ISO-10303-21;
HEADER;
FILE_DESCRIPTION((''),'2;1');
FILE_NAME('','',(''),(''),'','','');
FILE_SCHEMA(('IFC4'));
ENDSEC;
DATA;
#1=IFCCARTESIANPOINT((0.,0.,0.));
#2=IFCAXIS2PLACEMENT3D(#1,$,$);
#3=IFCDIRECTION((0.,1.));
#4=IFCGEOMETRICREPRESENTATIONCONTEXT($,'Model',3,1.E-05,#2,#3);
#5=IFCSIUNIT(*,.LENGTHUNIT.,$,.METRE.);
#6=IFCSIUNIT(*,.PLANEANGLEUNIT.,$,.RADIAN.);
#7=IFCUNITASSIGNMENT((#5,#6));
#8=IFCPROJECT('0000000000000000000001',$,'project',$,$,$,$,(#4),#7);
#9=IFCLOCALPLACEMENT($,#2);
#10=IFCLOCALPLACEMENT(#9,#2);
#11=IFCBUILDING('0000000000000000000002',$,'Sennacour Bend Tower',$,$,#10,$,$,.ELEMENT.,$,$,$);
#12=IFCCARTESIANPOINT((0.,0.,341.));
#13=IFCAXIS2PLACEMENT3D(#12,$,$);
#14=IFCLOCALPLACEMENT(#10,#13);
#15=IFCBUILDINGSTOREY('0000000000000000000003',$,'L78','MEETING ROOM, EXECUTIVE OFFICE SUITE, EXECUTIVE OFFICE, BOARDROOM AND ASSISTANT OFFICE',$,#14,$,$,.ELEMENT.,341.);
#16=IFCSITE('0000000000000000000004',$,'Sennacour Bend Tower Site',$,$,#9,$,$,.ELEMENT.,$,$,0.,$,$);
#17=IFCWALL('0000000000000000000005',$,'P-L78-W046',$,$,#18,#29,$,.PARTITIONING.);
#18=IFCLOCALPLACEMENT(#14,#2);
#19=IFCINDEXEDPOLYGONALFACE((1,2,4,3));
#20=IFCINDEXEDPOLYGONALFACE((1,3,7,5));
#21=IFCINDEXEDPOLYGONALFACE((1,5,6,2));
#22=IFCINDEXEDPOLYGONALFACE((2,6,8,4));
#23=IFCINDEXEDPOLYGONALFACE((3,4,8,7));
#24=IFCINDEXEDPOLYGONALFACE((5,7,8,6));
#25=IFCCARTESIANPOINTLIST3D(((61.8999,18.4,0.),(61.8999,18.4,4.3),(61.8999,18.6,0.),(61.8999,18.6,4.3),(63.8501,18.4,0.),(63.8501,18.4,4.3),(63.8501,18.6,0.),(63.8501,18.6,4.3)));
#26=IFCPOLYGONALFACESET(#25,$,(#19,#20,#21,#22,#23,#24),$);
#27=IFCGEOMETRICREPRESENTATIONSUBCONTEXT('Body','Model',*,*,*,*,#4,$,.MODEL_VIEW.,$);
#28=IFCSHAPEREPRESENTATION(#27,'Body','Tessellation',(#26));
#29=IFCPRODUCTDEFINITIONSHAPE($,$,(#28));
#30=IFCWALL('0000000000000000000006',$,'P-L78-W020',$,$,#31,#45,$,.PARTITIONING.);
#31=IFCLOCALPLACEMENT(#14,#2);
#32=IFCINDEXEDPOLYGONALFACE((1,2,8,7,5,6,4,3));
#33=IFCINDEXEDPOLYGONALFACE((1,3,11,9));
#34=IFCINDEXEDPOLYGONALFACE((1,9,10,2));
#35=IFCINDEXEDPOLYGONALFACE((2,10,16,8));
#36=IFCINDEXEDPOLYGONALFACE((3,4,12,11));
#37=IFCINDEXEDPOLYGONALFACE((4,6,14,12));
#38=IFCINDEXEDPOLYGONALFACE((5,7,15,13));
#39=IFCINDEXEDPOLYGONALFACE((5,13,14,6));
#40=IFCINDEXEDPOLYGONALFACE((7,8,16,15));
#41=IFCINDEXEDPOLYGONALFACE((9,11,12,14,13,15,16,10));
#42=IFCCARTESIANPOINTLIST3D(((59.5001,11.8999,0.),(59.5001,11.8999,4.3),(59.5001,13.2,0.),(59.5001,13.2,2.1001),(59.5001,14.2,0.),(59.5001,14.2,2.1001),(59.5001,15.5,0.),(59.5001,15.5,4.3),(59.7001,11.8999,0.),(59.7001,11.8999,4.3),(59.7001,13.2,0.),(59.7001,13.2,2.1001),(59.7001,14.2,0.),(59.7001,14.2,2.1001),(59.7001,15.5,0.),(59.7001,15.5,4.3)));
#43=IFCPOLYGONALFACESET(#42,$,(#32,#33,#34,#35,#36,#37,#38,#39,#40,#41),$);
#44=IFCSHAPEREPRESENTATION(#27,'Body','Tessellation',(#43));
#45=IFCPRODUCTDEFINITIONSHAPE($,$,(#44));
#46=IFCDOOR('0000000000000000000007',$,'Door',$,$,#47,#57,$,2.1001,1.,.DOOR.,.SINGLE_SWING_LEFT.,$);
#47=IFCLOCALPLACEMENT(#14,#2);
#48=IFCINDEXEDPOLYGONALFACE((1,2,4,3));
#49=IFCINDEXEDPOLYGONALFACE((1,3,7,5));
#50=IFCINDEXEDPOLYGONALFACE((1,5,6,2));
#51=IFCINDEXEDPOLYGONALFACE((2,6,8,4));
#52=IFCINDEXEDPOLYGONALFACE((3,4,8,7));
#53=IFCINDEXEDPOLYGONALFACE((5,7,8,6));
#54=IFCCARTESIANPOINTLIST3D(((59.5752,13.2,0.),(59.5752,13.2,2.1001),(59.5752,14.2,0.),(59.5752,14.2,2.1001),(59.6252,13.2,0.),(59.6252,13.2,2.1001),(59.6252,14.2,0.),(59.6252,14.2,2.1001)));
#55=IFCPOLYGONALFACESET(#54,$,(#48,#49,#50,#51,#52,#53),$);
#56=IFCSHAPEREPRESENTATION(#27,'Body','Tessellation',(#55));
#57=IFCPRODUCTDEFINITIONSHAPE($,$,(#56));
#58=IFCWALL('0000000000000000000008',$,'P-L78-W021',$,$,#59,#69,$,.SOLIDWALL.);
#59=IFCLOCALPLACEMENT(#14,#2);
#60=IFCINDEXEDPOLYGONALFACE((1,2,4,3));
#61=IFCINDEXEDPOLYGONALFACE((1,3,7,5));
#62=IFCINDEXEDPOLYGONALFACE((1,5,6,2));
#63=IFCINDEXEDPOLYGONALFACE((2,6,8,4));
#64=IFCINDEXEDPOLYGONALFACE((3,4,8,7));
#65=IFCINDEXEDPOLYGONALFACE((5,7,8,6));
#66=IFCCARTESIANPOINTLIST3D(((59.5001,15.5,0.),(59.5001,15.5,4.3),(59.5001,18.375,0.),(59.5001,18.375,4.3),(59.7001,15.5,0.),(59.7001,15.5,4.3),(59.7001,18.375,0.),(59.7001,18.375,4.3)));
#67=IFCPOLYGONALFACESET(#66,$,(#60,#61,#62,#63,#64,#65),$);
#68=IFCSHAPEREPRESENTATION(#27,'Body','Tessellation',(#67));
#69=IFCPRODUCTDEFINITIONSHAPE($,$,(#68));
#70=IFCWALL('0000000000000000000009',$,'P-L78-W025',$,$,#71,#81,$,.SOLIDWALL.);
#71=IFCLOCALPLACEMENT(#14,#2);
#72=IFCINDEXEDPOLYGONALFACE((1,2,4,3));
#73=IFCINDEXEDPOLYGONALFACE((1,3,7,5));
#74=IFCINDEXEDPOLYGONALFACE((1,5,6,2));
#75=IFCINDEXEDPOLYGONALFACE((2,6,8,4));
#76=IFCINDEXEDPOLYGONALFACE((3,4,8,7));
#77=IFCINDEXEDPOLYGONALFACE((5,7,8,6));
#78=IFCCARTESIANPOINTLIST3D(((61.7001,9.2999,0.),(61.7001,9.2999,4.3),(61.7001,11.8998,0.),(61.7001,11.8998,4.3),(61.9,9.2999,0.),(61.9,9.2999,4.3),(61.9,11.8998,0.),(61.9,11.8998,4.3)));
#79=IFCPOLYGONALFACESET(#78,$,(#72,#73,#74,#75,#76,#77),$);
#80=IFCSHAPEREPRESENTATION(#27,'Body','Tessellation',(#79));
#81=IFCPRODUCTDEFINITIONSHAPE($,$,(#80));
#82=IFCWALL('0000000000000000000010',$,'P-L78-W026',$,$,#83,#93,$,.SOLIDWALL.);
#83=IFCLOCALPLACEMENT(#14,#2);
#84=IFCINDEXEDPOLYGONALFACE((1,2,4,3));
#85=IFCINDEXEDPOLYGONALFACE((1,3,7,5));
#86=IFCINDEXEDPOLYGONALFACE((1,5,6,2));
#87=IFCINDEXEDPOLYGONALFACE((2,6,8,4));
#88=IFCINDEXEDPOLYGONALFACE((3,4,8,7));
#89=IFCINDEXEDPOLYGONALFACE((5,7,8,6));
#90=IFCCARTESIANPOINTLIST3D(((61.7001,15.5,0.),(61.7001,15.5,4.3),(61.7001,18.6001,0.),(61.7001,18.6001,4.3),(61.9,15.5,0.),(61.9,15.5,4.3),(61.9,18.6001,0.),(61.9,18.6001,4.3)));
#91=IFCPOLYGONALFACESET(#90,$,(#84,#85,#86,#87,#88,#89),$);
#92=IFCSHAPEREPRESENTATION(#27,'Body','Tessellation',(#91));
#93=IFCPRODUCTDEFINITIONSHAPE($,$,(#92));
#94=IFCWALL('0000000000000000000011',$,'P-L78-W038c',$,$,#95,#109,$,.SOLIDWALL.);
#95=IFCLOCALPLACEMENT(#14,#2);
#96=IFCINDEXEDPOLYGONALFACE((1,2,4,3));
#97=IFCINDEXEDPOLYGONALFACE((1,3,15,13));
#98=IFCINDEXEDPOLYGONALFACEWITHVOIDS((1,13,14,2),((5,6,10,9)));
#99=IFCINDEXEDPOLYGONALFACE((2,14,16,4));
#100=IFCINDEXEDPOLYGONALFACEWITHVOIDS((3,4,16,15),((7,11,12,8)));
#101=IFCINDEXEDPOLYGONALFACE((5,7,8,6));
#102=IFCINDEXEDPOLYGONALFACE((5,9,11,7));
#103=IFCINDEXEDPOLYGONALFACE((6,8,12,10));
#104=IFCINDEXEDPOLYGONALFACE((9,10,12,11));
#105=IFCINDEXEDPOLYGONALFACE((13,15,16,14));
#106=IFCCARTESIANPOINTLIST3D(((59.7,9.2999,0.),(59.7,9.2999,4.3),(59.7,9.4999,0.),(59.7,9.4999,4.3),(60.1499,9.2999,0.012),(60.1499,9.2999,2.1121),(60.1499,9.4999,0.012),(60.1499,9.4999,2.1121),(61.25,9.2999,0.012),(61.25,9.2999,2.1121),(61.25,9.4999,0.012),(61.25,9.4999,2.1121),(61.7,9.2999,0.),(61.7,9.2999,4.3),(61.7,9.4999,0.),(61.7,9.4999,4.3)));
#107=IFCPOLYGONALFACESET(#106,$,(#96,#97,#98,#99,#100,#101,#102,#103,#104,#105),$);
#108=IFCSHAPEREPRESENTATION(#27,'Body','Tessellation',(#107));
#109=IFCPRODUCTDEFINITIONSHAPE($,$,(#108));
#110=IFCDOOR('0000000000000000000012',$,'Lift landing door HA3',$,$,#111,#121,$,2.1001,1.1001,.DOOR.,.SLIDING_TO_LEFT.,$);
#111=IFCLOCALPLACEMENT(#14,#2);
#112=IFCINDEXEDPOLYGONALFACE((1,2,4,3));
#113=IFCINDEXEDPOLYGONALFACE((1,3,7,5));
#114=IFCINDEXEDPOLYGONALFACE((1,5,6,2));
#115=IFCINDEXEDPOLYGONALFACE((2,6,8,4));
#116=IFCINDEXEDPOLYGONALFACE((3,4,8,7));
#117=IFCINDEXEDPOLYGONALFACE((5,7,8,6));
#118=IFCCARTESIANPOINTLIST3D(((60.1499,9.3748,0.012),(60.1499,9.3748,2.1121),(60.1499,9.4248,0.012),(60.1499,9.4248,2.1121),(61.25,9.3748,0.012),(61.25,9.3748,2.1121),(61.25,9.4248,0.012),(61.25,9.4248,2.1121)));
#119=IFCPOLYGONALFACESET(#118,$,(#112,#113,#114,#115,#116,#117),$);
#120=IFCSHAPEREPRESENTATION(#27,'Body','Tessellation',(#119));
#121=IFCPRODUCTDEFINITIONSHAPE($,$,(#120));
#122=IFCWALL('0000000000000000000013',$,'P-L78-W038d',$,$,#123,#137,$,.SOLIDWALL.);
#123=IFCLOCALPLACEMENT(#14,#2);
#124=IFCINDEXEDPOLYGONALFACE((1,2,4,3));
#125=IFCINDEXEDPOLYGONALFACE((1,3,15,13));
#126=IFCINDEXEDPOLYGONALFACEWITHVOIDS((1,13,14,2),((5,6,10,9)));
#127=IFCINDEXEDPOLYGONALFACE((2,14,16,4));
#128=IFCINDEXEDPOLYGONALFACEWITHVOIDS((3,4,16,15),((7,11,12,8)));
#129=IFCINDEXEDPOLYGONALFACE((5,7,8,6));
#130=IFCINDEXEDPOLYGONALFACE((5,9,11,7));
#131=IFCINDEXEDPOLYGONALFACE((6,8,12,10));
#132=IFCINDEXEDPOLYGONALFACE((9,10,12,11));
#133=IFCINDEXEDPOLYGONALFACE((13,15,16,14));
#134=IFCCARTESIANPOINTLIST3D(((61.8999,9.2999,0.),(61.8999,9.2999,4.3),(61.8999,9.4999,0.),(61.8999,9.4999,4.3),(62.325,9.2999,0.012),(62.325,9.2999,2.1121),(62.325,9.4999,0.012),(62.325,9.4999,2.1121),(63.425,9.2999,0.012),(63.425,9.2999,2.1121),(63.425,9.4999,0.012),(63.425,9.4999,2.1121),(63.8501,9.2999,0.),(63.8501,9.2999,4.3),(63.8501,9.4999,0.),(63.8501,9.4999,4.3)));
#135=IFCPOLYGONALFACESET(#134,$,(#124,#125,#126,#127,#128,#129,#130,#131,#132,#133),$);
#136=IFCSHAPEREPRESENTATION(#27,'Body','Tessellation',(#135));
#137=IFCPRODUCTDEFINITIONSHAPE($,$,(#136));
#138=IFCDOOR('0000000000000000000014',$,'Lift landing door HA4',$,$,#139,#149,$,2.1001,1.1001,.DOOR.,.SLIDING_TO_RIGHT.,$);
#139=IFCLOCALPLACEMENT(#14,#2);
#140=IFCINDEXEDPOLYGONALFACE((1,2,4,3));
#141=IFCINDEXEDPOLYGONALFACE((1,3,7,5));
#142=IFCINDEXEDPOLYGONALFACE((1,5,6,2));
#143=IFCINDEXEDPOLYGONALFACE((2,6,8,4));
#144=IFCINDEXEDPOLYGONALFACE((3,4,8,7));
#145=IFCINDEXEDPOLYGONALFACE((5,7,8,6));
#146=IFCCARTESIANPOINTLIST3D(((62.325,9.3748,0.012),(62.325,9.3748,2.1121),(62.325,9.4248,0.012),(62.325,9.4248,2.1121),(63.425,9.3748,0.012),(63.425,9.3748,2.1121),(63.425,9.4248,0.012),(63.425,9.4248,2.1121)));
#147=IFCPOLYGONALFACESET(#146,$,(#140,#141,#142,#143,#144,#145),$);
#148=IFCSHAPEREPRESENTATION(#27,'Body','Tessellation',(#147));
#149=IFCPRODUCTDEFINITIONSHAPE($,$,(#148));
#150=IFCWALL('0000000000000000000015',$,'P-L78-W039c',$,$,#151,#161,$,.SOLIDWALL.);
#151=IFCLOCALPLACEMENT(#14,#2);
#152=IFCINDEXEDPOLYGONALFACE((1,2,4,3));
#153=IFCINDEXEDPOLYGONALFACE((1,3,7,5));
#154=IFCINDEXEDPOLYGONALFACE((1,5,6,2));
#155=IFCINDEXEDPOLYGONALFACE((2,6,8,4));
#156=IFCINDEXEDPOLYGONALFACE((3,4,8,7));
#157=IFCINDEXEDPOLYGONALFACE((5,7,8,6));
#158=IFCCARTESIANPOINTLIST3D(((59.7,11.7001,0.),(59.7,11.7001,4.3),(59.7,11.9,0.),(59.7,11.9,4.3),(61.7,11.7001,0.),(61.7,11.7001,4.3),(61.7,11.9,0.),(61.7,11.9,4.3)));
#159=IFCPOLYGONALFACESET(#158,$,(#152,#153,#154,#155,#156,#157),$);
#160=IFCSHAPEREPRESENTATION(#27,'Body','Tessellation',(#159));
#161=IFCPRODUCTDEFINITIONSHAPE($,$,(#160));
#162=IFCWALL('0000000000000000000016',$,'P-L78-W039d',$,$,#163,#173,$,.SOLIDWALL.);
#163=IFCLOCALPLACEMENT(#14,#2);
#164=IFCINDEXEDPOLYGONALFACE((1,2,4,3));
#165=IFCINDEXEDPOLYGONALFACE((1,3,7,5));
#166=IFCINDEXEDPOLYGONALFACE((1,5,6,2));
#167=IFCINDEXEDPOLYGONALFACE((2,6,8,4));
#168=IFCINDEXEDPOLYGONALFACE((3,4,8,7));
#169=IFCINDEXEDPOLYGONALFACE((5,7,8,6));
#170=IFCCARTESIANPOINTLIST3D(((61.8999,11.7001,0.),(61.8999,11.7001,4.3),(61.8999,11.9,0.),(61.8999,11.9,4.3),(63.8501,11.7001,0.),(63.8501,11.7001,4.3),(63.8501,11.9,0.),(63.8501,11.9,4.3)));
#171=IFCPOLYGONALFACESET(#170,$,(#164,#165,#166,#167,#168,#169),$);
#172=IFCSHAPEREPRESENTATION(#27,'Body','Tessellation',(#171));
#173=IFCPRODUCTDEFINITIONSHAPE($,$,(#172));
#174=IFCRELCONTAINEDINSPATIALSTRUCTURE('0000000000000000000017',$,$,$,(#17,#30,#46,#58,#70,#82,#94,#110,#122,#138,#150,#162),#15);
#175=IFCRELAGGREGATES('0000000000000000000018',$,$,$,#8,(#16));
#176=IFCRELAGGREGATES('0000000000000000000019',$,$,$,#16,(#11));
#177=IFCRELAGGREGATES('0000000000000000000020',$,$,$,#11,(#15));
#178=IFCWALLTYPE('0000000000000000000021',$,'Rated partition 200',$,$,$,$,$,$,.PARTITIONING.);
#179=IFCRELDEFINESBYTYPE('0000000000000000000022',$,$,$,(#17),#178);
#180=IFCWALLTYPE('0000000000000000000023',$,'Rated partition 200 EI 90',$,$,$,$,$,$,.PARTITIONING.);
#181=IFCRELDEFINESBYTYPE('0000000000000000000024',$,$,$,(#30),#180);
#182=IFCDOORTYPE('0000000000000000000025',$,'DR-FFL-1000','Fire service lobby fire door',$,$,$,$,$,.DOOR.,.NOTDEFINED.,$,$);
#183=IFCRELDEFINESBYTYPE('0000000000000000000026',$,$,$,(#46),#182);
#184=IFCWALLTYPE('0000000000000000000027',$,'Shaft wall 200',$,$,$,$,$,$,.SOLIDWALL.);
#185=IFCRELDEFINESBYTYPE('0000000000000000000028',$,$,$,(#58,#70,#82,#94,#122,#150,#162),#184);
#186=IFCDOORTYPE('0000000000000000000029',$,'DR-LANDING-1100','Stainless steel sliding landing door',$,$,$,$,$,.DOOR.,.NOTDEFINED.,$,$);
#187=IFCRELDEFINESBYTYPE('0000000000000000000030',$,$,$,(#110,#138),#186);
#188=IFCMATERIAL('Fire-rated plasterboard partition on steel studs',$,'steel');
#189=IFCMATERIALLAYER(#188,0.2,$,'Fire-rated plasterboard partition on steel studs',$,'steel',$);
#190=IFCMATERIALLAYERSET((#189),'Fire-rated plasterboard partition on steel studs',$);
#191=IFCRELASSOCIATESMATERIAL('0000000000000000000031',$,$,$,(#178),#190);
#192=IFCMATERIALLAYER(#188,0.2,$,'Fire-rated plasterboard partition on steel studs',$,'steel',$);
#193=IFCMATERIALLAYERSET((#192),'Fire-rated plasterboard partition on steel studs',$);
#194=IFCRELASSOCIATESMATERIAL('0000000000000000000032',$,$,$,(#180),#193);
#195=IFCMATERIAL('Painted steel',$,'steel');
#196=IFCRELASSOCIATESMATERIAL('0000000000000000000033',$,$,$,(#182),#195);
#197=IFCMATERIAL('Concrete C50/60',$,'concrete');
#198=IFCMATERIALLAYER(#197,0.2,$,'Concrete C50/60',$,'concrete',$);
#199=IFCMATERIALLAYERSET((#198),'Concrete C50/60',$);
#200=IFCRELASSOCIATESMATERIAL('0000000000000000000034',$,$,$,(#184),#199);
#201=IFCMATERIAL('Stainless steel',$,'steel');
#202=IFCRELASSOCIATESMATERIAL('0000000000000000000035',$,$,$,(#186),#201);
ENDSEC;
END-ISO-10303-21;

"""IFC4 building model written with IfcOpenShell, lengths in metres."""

from ifc_helpers import new_model, si_unit, direction, frame, frame_2d, origin, place, context, subcontext, project, spatial, rectangle, extrude, material, layer, layer_set, type_object, element, fill, save


model = new_model("IFC4")

# Units and contexts
model_context = context("Model", 3, precision=1e-05, world=origin(), true_north=direction((0.0, 1.0)))
body_context = subcontext(model_context, "Body", "Model", "MODEL_VIEW")
ifc_project = project(units=[si_unit("LENGTHUNIT", "METRE"), si_unit("PLANEANGLEUNIT", "RADIAN")], contexts=[model_context])

# Site, building, storey
site_placement = place(None, origin())
site = spatial("IfcSite", under=ifc_project, at=site_placement, Name="Sennacour Bend Tower Site", CompositionType="ELEMENT", RefElevation=0.0)
building_placement = place(site_placement, origin())
building = spatial("IfcBuilding", under=site, at=building_placement, Name="Sennacour Bend Tower", CompositionType="ELEMENT")
storey_placement = place(building_placement, frame((0.0, 0.0, 341.0)))
storey = spatial("IfcBuildingStorey", under=building, at=storey_placement, Name="L78", Description="MEETING ROOM, EXECUTIVE OFFICE SUITE, EXECUTIVE OFFICE, BOARDROOM AND ASSISTANT OFFICE", CompositionType="ELEMENT", Elevation=341.0)

# Shared definitions
ifc_material_1 = material(Name="Fire-rated plasterboard partition on steel studs", Category="steel")
ifc_layer_1 = layer(ifc_material_1, 0.2, Name="Fire-rated plasterboard partition on steel studs", Category="steel")
ifc_layer_set_1 = layer_set([ifc_layer_1], Name="Fire-rated plasterboard partition on steel studs")
wall_type_1 = type_object("IfcWallType", Name="Rated partition 200", PredefinedType="PARTITIONING", material=ifc_layer_set_1)
ifc_material_2 = material(Name="Painted steel", Category="steel")

# Wall
wall_1_placement = place(storey_placement, frame((61.8999, 18.5, 0.0), z_axis=(0.0, 0.0, 1.0), x_axis=(1.0, 0.0, 0.0)))
element("IfcWall", 1, at=wall_1_placement, inside=storey, type_object=wall_type_1, Name="P-L78-W046", PredefinedType="PARTITIONING", context=body_context, shape_type="SweptSolid", body=[
    extrude(rectangle(XDim=1.9502, YDim=0.2, at=frame_2d((0.9751, 0.0))), origin(), (0.0, 0.0, 1.0), 4.3),
])

# Wall, opening, door
ifc_layer_2 = layer(ifc_material_1, 0.2, Name="Fire-rated plasterboard partition on steel studs", Category="steel")
ifc_layer_set_2 = layer_set([ifc_layer_2], Name="Fire-rated plasterboard partition on steel studs")
wall_type_2 = type_object("IfcWallType", Name="Rated partition 200 EI 90", PredefinedType="PARTITIONING", material=ifc_layer_set_2)
wall_2_placement = place(storey_placement, frame((59.6001, 11.8999, 0.0), z_axis=(0.0, 0.0, 1.0), x_axis=(0.0, 1.0, 0.0)))
wall_2 = element("IfcWall", 2, at=wall_2_placement, inside=storey, type_object=wall_type_2, Name="P-L78-W020", PredefinedType="PARTITIONING", context=body_context, shape_type="SweptSolid", body=[
    extrude(rectangle(XDim=3.6001, YDim=0.2, at=frame_2d((1.8, 0.0))), origin(), (0.0, 0.0, 1.0), 4.3),
])
opening_1_placement = place(wall_2_placement, frame((1.3, 0.0, 0.0)))
opening_1 = element("IfcOpeningElement", 3, at=opening_1_placement, cuts=wall_2, PredefinedType="OPENING", context=body_context, shape_type="SweptSolid", body=[
    extrude(rectangle(XDim=1.0, YDim=2.1001, at=frame_2d((0.5, 1.05))), frame((0.0, 0.1099, 0.0), z_axis=(0.0, -1.0, 0.0), x_axis=(1.0, 0.0, 0.0)), (0.0, 0.0, 1.0), 0.22),
])
door_type_1 = type_object("IfcDoorType", Name="DR-FFL-1000", Description="Fire service lobby fire door", OperationType="NOTDEFINED", PredefinedType="DOOR", material=ifc_material_2)
door_1_placement = place(opening_1_placement, origin())
door_1 = element("IfcDoor", 4, at=door_1_placement, inside=storey, type_object=door_type_1, Name="Door", OperationType="SINGLE_SWING_LEFT", OverallHeight=2.1001, OverallWidth=1.0, PredefinedType="DOOR", context=body_context, shape_type="SweptSolid", body=[
    extrude(rectangle(XDim=1.0, YDim=2.1001, at=frame_2d((0.5, 1.05))), frame((0.0, 0.0249, 0.0), z_axis=(0.0, -1.0, 0.0), x_axis=(1.0, 0.0, 0.0)), (0.0, 0.0, 1.0), 0.05),
])
fill(opening_1, door_1)

# Walls
ifc_material_3 = material(Name="Concrete C50/60", Category="concrete")
ifc_layer_3 = layer(ifc_material_3, 0.2, Name="Concrete C50/60", Category="concrete")
ifc_layer_set_3 = layer_set([ifc_layer_3], Name="Concrete C50/60")
wall_type_3 = type_object("IfcWallType", Name="Shaft wall 200", PredefinedType="SOLIDWALL", material=ifc_layer_set_3)
wall_3_placement = place(storey_placement, frame((59.6001, 15.5, 0.0), z_axis=(0.0, 0.0, 1.0), x_axis=(0.0, 1.0, 0.0)))
element("IfcWall", 5, at=wall_3_placement, inside=storey, type_object=wall_type_3, Name="P-L78-W021", PredefinedType="SOLIDWALL", context=body_context, shape_type="SweptSolid", body=[
    extrude(rectangle(XDim=2.875, YDim=0.2, at=frame_2d((1.4375, 0.0))), origin(), (0.0, 0.0, 1.0), 4.3),
])
wall_4_placement = place(storey_placement, frame((61.8, 9.3, 0.0), z_axis=(0.0, 0.0, 1.0), x_axis=(0.0, 1.0, 0.0)))
element("IfcWall", 6, at=wall_4_placement, inside=storey, type_object=wall_type_3, Name="P-L78-W025", PredefinedType="SOLIDWALL", context=body_context, shape_type="SweptSolid", body=[
    extrude(rectangle(XDim=2.5999, YDim=0.2, at=frame_2d((1.2998, 0.0))), origin(), (0.0, 0.0, 1.0), 4.3),
])
wall_5_placement = place(storey_placement, frame((61.8, 15.5, 0.0), z_axis=(0.0, 0.0, 1.0), x_axis=(0.0, 1.0, 0.0)))
element("IfcWall", 7, at=wall_5_placement, inside=storey, type_object=wall_type_3, Name="P-L78-W026", PredefinedType="SOLIDWALL", context=body_context, shape_type="SweptSolid", body=[
    extrude(rectangle(XDim=3.1001, YDim=0.2, at=frame_2d((1.55, 0.0))), origin(), (0.0, 0.0, 1.0), 4.3),
])

# Walls, openings, doors
wall_6_placement = place(storey_placement, frame((59.7, 9.3999, 0.0), z_axis=(0.0, 0.0, 1.0), x_axis=(1.0, 0.0, 0.0)))
wall_6 = element("IfcWall", 8, at=wall_6_placement, inside=storey, type_object=wall_type_3, Name="P-L78-W038c", PredefinedType="SOLIDWALL", context=body_context, shape_type="SweptSolid", body=[
    extrude(rectangle(XDim=2.0, YDim=0.2, at=frame_2d((1.0, 0.0))), origin(), (0.0, 0.0, 1.0), 4.3),
])
opening_2_placement = place(wall_6_placement, frame((0.45, 0.0, 0.012)))
opening_2 = element("IfcOpeningElement", 9, at=opening_2_placement, cuts=wall_6, PredefinedType="OPENING", context=body_context, shape_type="SweptSolid", body=[
    extrude(rectangle(XDim=1.1001, YDim=2.1001, at=frame_2d((0.55, 1.05))), frame((0.0, 0.1099, 0.0), z_axis=(0.0, -1.0, 0.0), x_axis=(1.0, 0.0, 0.0)), (0.0, 0.0, 1.0), 0.22),
])
ifc_material_4 = material(Name="Stainless steel", Category="steel")
door_type_2 = type_object("IfcDoorType", Name="DR-LANDING-1100", Description="Stainless steel sliding landing door", OperationType="NOTDEFINED", PredefinedType="DOOR", material=ifc_material_4)
door_2_placement = place(opening_2_placement, origin())
door_2 = element("IfcDoor", 10, at=door_2_placement, inside=storey, type_object=door_type_2, Name="Lift landing door HA3", OperationType="SLIDING_TO_LEFT", OverallHeight=2.1001, OverallWidth=1.1001, PredefinedType="DOOR", context=body_context, shape_type="SweptSolid", body=[
    extrude(rectangle(XDim=1.1001, YDim=2.1001, at=frame_2d((0.55, 1.05))), frame((0.0, 0.0249, 0.0), z_axis=(0.0, -1.0, 0.0), x_axis=(1.0, 0.0, 0.0)), (0.0, 0.0, 1.0), 0.05),
])
fill(opening_2, door_2)
wall_7_placement = place(storey_placement, frame((61.8999, 9.3999, 0.0), z_axis=(0.0, 0.0, 1.0), x_axis=(1.0, 0.0, 0.0)))
wall_7 = element("IfcWall", 11, at=wall_7_placement, inside=storey, type_object=wall_type_3, Name="P-L78-W038d", PredefinedType="SOLIDWALL", context=body_context, shape_type="SweptSolid", body=[
    extrude(rectangle(XDim=1.9502, YDim=0.2, at=frame_2d((0.9751, 0.0))), origin(), (0.0, 0.0, 1.0), 4.3),
])
opening_3_placement = place(wall_7_placement, frame((0.425, 0.0, 0.012)))
opening_3 = element("IfcOpeningElement", 12, at=opening_3_placement, cuts=wall_7, PredefinedType="OPENING", context=body_context, shape_type="SweptSolid", body=[
    extrude(rectangle(XDim=1.1001, YDim=2.1001, at=frame_2d((0.55, 1.05))), frame((0.0, 0.1099, 0.0), z_axis=(0.0, -1.0, 0.0), x_axis=(1.0, 0.0, 0.0)), (0.0, 0.0, 1.0), 0.22),
])
door_3_placement = place(opening_3_placement, origin())
door_3 = element("IfcDoor", 13, at=door_3_placement, inside=storey, type_object=door_type_2, Name="Lift landing door HA4", OperationType="SLIDING_TO_RIGHT", OverallHeight=2.1001, OverallWidth=1.1001, PredefinedType="DOOR", context=body_context, shape_type="SweptSolid", body=[
    extrude(rectangle(XDim=1.1001, YDim=2.1001, at=frame_2d((0.55, 1.05))), frame((0.0, 0.0249, 0.0), z_axis=(0.0, -1.0, 0.0), x_axis=(1.0, 0.0, 0.0)), (0.0, 0.0, 1.0), 0.05),
])
fill(opening_3, door_3)

# Walls
wall_8_placement = place(storey_placement, frame((59.7, 11.8, 0.0), z_axis=(0.0, 0.0, 1.0), x_axis=(1.0, 0.0, 0.0)))
element("IfcWall", 14, at=wall_8_placement, inside=storey, type_object=wall_type_3, Name="P-L78-W039c", PredefinedType="SOLIDWALL", context=body_context, shape_type="SweptSolid", body=[
    extrude(rectangle(XDim=2.0, YDim=0.2, at=frame_2d((1.0, 0.0))), origin(), (0.0, 0.0, 1.0), 4.3),
])
wall_9_placement = place(storey_placement, frame((61.8999, 11.8, 0.0), z_axis=(0.0, 0.0, 1.0), x_axis=(1.0, 0.0, 0.0)))
element("IfcWall", 15, at=wall_9_placement, inside=storey, type_object=wall_type_3, Name="P-L78-W039d", PredefinedType="SOLIDWALL", context=body_context, shape_type="SweptSolid", body=[
    extrude(rectangle(XDim=1.9502, YDim=0.2, at=frame_2d((0.9751, 0.0))), origin(), (0.0, 0.0, 1.0), 4.3),
])

save(model, "model.ifc")
